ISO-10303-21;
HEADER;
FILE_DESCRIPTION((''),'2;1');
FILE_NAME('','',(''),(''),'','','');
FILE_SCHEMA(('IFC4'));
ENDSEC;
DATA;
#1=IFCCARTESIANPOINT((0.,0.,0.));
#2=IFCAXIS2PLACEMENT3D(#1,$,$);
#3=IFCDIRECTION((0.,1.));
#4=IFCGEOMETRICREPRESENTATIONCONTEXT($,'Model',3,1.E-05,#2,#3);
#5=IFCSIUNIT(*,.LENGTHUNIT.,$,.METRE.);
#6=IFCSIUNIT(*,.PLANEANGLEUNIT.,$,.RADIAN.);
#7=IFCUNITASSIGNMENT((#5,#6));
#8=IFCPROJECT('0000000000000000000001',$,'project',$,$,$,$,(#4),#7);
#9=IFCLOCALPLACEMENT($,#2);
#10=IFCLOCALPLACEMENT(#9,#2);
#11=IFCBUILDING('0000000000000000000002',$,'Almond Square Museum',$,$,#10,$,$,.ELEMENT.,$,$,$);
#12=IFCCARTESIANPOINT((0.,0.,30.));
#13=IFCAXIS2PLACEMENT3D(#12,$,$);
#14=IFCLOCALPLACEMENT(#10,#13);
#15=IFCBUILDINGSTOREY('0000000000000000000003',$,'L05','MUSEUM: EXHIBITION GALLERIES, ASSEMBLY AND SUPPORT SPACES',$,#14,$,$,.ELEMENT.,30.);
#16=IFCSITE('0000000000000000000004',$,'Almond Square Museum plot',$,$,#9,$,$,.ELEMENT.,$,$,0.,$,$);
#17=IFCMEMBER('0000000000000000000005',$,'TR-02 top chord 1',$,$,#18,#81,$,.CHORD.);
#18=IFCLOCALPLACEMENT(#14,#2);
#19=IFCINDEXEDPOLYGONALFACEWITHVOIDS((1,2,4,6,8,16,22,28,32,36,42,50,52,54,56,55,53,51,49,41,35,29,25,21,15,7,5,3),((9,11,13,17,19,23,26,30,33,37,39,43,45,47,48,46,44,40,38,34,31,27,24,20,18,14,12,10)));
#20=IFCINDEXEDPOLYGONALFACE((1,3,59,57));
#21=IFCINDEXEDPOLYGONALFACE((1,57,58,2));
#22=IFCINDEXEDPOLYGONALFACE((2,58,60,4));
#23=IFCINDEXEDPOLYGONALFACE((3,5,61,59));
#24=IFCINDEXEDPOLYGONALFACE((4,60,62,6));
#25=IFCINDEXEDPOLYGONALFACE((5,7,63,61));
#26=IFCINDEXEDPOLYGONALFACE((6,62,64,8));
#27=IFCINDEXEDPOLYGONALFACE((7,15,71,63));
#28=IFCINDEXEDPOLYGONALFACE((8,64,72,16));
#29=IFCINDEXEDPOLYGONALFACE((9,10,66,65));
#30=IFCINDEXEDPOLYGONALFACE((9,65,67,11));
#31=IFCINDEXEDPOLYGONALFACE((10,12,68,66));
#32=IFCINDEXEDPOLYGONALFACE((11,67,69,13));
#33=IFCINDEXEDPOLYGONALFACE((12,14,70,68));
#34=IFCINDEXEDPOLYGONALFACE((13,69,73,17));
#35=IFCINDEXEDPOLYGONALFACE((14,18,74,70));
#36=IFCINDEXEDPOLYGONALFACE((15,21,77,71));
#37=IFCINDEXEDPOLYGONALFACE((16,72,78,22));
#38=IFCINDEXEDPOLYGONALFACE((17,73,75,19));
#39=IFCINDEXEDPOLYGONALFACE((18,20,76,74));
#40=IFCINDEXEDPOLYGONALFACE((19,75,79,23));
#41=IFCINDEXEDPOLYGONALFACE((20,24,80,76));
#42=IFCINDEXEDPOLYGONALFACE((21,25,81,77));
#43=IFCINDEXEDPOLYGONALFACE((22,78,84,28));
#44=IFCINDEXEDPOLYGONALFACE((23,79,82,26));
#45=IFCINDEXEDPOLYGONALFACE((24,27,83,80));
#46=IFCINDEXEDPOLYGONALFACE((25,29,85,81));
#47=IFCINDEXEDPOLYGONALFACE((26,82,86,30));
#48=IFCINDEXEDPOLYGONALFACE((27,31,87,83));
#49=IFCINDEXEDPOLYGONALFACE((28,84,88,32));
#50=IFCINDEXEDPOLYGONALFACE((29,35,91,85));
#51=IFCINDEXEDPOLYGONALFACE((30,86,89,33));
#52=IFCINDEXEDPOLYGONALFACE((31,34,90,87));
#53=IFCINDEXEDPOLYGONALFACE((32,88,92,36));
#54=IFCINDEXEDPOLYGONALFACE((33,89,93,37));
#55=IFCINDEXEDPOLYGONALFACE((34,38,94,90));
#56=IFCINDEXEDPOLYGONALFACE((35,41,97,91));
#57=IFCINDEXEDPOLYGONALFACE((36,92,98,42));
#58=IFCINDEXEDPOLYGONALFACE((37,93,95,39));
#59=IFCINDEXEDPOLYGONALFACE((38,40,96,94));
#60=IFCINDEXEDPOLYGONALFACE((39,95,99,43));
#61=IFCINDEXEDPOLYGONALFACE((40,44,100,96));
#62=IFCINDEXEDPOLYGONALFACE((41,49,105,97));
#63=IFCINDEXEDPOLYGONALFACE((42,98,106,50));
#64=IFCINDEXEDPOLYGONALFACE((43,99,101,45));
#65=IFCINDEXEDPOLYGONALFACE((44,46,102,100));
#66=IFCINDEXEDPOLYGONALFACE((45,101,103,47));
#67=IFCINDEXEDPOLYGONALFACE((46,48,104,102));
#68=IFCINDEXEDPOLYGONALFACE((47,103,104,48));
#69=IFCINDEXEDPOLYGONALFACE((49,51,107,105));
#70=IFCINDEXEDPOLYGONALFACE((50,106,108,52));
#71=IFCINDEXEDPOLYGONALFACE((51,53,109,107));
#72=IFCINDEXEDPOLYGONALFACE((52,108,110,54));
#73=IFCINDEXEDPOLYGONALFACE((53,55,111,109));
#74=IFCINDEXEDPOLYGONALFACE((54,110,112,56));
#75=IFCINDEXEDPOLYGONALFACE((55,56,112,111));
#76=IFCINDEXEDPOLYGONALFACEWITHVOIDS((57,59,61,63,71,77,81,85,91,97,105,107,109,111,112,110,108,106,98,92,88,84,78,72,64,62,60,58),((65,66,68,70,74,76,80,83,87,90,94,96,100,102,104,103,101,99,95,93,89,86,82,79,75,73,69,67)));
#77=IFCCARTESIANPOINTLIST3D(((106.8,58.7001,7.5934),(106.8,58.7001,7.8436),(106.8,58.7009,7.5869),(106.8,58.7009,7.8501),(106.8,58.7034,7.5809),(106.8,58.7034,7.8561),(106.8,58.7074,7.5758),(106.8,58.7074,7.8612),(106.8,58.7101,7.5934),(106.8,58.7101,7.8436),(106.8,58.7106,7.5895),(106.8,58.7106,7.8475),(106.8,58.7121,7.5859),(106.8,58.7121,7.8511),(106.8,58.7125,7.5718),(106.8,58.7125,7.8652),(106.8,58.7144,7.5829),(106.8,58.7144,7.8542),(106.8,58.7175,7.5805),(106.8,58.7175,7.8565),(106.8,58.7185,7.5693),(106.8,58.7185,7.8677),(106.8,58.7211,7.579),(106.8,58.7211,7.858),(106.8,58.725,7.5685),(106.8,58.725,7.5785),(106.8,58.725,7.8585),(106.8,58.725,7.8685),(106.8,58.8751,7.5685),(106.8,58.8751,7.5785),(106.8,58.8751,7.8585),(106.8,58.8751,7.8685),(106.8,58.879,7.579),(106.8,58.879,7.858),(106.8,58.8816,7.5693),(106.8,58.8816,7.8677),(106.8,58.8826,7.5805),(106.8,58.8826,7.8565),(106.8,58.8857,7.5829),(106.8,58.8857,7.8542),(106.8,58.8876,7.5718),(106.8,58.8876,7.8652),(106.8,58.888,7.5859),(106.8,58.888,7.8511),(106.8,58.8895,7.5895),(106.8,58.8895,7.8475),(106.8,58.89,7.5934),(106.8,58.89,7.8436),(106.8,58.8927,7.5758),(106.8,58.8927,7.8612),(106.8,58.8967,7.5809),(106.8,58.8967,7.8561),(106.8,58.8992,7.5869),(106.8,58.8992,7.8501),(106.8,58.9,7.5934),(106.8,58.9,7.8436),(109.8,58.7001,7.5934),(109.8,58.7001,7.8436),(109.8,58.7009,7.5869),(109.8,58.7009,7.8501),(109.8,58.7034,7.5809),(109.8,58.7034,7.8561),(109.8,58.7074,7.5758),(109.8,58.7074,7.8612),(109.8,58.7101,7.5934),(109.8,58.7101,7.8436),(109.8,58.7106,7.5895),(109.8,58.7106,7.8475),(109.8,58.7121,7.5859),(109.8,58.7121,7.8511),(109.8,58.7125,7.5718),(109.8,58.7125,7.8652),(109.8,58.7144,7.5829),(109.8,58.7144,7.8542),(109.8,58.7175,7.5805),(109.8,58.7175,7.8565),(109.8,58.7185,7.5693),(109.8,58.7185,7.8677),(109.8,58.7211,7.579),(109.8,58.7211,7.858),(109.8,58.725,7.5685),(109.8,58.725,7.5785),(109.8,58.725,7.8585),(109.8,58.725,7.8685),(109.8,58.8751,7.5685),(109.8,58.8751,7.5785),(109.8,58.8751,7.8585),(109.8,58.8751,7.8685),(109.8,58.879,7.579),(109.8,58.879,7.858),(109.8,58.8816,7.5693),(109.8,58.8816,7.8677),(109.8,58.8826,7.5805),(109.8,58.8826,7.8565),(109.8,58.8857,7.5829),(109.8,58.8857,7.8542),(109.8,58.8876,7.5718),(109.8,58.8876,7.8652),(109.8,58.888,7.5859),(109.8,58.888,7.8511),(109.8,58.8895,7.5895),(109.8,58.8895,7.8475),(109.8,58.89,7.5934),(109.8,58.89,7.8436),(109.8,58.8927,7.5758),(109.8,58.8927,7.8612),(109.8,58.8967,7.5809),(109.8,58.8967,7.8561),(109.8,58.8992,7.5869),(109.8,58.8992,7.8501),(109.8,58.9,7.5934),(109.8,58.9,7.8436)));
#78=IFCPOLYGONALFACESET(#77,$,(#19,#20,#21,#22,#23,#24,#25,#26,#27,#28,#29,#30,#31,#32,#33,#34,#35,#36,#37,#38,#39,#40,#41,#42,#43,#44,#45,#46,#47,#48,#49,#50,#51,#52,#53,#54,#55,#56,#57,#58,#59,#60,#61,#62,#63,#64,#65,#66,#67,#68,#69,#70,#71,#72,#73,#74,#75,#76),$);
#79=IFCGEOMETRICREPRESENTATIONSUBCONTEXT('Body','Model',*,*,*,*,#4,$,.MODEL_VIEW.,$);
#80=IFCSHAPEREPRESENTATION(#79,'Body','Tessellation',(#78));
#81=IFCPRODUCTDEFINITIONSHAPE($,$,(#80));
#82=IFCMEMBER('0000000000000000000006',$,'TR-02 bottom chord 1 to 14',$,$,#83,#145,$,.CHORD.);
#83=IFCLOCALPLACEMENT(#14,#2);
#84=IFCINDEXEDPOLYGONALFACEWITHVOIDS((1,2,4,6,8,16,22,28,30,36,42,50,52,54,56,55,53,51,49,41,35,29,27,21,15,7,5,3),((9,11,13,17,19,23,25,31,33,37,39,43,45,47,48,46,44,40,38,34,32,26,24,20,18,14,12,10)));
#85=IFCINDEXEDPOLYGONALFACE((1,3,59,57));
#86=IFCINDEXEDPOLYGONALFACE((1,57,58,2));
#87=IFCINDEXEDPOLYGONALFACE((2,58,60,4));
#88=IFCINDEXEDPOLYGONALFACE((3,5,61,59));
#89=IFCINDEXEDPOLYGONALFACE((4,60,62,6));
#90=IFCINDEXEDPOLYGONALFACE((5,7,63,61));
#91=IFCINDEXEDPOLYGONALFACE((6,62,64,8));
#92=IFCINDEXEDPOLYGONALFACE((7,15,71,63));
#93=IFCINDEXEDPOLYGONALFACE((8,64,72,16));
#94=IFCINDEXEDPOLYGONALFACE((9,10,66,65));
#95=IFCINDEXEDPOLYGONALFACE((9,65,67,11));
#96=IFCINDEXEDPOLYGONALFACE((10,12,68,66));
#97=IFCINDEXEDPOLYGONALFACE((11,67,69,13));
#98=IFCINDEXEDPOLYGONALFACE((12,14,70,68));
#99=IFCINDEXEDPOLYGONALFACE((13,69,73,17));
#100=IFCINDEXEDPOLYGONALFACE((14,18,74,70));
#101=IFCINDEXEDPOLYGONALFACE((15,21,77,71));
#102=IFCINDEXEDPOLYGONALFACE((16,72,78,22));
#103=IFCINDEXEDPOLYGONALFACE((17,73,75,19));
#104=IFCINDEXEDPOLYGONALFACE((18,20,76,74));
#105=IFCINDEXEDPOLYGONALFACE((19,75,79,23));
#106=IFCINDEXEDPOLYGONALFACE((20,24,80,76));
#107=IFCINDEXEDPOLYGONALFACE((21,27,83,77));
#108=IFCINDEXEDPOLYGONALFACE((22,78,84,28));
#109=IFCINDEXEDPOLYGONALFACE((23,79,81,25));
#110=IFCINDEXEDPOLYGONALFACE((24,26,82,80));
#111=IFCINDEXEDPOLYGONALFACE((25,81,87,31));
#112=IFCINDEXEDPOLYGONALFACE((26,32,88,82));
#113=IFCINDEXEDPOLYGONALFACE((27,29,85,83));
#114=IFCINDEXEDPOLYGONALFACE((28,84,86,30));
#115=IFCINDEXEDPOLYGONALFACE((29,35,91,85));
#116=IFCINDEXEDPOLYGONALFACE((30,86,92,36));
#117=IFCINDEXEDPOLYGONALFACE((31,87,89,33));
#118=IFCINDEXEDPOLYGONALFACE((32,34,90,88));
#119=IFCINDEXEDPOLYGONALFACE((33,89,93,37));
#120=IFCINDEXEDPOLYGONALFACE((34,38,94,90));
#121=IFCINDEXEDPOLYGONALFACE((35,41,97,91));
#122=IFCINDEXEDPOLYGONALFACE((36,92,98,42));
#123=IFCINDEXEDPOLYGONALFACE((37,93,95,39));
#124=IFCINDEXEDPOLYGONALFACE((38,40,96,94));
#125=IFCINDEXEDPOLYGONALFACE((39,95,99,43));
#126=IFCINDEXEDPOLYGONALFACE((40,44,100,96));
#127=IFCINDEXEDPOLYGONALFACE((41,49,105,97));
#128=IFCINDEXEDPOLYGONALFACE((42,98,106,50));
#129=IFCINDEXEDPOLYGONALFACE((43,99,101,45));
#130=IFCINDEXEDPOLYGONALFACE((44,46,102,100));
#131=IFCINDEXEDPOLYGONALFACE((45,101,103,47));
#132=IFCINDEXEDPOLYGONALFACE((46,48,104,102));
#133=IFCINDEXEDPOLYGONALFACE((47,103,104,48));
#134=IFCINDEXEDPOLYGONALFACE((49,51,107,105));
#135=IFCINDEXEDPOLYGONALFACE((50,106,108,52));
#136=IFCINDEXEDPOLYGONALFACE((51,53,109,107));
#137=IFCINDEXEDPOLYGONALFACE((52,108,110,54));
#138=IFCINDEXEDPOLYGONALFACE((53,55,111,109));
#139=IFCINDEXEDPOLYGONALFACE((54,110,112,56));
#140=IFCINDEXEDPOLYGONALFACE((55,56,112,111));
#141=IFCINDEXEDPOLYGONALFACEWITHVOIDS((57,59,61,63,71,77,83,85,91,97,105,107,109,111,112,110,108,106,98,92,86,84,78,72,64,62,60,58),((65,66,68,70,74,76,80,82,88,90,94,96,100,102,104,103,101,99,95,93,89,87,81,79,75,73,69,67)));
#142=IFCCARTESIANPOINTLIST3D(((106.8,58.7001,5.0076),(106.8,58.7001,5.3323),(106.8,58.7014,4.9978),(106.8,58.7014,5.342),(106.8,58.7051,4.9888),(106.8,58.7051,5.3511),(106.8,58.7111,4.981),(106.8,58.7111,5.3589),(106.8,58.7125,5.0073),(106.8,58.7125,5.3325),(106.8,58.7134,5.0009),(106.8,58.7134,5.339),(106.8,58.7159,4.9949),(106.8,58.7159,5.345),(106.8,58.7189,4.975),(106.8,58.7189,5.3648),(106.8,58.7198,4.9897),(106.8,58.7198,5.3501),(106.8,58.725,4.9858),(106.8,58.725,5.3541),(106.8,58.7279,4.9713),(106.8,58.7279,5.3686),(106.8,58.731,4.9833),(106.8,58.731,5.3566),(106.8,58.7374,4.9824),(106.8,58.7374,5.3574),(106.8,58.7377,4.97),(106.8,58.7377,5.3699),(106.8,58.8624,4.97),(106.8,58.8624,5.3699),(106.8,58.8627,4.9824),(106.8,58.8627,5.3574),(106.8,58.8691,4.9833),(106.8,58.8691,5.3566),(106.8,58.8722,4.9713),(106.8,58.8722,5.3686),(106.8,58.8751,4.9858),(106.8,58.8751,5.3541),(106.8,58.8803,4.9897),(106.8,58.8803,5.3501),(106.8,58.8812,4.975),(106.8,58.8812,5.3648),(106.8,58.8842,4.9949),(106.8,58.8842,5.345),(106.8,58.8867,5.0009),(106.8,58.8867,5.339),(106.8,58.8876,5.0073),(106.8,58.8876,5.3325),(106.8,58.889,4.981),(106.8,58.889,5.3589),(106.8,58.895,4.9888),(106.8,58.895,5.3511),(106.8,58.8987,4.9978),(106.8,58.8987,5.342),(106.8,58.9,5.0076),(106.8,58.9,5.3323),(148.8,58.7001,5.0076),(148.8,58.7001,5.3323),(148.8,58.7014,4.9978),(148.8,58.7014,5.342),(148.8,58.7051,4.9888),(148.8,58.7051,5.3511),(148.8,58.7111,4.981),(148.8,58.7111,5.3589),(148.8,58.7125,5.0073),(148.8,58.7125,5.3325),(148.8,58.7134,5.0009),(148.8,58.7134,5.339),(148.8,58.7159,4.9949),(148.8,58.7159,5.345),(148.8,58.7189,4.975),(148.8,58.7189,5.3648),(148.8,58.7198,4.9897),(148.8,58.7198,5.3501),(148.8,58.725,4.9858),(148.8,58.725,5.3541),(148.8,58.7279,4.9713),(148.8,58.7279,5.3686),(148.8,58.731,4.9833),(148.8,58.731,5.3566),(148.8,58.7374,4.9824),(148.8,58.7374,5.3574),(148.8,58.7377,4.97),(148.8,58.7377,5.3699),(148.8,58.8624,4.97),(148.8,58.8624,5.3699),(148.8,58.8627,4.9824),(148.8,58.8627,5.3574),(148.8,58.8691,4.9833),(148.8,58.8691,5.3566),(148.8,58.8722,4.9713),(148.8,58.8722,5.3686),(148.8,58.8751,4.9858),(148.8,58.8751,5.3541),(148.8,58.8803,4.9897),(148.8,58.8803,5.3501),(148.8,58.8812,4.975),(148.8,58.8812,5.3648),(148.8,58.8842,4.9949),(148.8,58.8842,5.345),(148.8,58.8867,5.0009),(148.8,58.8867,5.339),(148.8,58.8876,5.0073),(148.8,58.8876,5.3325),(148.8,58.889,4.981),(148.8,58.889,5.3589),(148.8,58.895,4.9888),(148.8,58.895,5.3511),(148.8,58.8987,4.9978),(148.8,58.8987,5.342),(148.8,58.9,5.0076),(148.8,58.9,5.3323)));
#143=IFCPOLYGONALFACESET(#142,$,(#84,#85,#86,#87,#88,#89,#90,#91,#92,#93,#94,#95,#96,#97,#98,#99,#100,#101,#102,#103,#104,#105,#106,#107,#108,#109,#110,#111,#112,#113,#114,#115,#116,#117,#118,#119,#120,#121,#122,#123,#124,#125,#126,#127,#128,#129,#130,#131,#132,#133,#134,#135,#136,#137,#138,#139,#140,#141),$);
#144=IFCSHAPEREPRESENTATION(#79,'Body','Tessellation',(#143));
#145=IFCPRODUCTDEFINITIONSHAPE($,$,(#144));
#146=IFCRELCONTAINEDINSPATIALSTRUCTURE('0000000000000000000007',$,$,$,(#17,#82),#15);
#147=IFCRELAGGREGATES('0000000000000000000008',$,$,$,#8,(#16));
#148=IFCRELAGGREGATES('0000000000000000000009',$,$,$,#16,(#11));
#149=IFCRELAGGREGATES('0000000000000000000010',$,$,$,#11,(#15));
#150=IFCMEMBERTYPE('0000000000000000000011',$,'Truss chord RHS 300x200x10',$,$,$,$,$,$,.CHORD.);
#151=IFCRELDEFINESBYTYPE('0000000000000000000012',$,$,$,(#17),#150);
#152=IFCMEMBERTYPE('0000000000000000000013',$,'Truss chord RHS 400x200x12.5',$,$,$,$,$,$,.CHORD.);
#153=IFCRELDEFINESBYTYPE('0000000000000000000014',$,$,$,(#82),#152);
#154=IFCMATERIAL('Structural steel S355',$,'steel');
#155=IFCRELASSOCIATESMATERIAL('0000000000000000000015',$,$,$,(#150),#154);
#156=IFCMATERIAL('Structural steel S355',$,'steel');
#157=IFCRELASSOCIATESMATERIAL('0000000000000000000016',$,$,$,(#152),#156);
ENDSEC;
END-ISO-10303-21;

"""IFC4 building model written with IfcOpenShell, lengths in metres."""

from ifc_helpers import new_model, si_unit, direction, frame, origin, origin_2d, place, context, subcontext, project, spatial, hollow_rectangle, extrude, material, material_profile, profile_set, type_object, element, save


model = new_model("IFC4")

# Units and contexts
model_context = context("Model", 3, precision=1e-05, world=origin(), true_north=direction((0.0, 1.0)))
body_context = subcontext(model_context, "Body", "Model", "MODEL_VIEW")
ifc_project = project(units=[si_unit("LENGTHUNIT", "METRE"), si_unit("PLANEANGLEUNIT", "RADIAN")], contexts=[model_context])

# Site, building, storey
site_placement = place(None, origin())
site = spatial("IfcSite", under=ifc_project, at=site_placement, Name="Almond Square Museum plot", CompositionType="ELEMENT", RefElevation=0.0)
building_placement = place(site_placement, origin())
building = spatial("IfcBuilding", under=site, at=building_placement, Name="Almond Square Museum", CompositionType="ELEMENT")
storey_placement = place(building_placement, frame((0.0, 0.0, 30.0)))
storey = spatial("IfcBuildingStorey", under=building, at=storey_placement, Name="L05", Description="MUSEUM: EXHIBITION GALLERIES, ASSEMBLY AND SUPPORT SPACES", CompositionType="ELEMENT", Elevation=30.0)

# Members
ifc_material_1 = material(Name="Structural steel S355", Category="steel")
ifc_material_profile_1 = material_profile(ifc_material_1, hollow_rectangle(XDim=0.2, YDim=0.3, WallThickness=0.01, InnerFilletRadius=0.0149, OuterFilletRadius=0.0249, at=origin_2d()))
ifc_profile_set_1 = profile_set([ifc_material_profile_1], Name="Structural steel S355")
member_type_1 = type_object("IfcMemberType", Name="Truss chord RHS 300x200x10", PredefinedType="CHORD", material=ifc_profile_set_1)
member_1_placement = place(storey_placement, frame((106.8, 58.8, 7.7185), z_axis=(1.0, 0.0, 0.0), x_axis=(0.0, 1.0, 0.0)))
element("IfcMember", 1, at=member_1_placement, inside=storey, type_object=member_type_1, Name="TR-02 top chord 1", PredefinedType="CHORD", context=body_context, shape_type="SweptSolid", body=[
    extrude(hollow_rectangle(XDim=0.2, YDim=0.3, WallThickness=0.01, InnerFilletRadius=0.0149, OuterFilletRadius=0.0249, at=origin_2d()), origin(), (0.0, 0.0, 1.0), 3.0),
])
ifc_material_2 = material(Name="Structural steel S355", Category="steel")
ifc_material_profile_2 = material_profile(ifc_material_2, hollow_rectangle(XDim=0.2, YDim=0.3999, WallThickness=0.0125, InnerFilletRadius=0.0249, OuterFilletRadius=0.0376, at=origin_2d()))
ifc_profile_set_2 = profile_set([ifc_material_profile_2], Name="Structural steel S355")
member_type_2 = type_object("IfcMemberType", Name="Truss chord RHS 400x200x12.5", PredefinedType="CHORD", material=ifc_profile_set_2)
member_2_placement = place(storey_placement, frame((106.8, 58.8, 5.1699), z_axis=(1.0, 0.0, 0.0), x_axis=(0.0, 1.0, 0.0)))
element("IfcMember", 2, at=member_2_placement, inside=storey, type_object=member_type_2, Name="TR-02 bottom chord 1 to 14", PredefinedType="CHORD", context=body_context, shape_type="SweptSolid", body=[
    extrude(hollow_rectangle(XDim=0.2, YDim=0.3999, WallThickness=0.0125, InnerFilletRadius=0.0249, OuterFilletRadius=0.0376, at=origin_2d()), origin(), (0.0, 0.0, 1.0), 42.0),
])

save(model, "model.ifc")
